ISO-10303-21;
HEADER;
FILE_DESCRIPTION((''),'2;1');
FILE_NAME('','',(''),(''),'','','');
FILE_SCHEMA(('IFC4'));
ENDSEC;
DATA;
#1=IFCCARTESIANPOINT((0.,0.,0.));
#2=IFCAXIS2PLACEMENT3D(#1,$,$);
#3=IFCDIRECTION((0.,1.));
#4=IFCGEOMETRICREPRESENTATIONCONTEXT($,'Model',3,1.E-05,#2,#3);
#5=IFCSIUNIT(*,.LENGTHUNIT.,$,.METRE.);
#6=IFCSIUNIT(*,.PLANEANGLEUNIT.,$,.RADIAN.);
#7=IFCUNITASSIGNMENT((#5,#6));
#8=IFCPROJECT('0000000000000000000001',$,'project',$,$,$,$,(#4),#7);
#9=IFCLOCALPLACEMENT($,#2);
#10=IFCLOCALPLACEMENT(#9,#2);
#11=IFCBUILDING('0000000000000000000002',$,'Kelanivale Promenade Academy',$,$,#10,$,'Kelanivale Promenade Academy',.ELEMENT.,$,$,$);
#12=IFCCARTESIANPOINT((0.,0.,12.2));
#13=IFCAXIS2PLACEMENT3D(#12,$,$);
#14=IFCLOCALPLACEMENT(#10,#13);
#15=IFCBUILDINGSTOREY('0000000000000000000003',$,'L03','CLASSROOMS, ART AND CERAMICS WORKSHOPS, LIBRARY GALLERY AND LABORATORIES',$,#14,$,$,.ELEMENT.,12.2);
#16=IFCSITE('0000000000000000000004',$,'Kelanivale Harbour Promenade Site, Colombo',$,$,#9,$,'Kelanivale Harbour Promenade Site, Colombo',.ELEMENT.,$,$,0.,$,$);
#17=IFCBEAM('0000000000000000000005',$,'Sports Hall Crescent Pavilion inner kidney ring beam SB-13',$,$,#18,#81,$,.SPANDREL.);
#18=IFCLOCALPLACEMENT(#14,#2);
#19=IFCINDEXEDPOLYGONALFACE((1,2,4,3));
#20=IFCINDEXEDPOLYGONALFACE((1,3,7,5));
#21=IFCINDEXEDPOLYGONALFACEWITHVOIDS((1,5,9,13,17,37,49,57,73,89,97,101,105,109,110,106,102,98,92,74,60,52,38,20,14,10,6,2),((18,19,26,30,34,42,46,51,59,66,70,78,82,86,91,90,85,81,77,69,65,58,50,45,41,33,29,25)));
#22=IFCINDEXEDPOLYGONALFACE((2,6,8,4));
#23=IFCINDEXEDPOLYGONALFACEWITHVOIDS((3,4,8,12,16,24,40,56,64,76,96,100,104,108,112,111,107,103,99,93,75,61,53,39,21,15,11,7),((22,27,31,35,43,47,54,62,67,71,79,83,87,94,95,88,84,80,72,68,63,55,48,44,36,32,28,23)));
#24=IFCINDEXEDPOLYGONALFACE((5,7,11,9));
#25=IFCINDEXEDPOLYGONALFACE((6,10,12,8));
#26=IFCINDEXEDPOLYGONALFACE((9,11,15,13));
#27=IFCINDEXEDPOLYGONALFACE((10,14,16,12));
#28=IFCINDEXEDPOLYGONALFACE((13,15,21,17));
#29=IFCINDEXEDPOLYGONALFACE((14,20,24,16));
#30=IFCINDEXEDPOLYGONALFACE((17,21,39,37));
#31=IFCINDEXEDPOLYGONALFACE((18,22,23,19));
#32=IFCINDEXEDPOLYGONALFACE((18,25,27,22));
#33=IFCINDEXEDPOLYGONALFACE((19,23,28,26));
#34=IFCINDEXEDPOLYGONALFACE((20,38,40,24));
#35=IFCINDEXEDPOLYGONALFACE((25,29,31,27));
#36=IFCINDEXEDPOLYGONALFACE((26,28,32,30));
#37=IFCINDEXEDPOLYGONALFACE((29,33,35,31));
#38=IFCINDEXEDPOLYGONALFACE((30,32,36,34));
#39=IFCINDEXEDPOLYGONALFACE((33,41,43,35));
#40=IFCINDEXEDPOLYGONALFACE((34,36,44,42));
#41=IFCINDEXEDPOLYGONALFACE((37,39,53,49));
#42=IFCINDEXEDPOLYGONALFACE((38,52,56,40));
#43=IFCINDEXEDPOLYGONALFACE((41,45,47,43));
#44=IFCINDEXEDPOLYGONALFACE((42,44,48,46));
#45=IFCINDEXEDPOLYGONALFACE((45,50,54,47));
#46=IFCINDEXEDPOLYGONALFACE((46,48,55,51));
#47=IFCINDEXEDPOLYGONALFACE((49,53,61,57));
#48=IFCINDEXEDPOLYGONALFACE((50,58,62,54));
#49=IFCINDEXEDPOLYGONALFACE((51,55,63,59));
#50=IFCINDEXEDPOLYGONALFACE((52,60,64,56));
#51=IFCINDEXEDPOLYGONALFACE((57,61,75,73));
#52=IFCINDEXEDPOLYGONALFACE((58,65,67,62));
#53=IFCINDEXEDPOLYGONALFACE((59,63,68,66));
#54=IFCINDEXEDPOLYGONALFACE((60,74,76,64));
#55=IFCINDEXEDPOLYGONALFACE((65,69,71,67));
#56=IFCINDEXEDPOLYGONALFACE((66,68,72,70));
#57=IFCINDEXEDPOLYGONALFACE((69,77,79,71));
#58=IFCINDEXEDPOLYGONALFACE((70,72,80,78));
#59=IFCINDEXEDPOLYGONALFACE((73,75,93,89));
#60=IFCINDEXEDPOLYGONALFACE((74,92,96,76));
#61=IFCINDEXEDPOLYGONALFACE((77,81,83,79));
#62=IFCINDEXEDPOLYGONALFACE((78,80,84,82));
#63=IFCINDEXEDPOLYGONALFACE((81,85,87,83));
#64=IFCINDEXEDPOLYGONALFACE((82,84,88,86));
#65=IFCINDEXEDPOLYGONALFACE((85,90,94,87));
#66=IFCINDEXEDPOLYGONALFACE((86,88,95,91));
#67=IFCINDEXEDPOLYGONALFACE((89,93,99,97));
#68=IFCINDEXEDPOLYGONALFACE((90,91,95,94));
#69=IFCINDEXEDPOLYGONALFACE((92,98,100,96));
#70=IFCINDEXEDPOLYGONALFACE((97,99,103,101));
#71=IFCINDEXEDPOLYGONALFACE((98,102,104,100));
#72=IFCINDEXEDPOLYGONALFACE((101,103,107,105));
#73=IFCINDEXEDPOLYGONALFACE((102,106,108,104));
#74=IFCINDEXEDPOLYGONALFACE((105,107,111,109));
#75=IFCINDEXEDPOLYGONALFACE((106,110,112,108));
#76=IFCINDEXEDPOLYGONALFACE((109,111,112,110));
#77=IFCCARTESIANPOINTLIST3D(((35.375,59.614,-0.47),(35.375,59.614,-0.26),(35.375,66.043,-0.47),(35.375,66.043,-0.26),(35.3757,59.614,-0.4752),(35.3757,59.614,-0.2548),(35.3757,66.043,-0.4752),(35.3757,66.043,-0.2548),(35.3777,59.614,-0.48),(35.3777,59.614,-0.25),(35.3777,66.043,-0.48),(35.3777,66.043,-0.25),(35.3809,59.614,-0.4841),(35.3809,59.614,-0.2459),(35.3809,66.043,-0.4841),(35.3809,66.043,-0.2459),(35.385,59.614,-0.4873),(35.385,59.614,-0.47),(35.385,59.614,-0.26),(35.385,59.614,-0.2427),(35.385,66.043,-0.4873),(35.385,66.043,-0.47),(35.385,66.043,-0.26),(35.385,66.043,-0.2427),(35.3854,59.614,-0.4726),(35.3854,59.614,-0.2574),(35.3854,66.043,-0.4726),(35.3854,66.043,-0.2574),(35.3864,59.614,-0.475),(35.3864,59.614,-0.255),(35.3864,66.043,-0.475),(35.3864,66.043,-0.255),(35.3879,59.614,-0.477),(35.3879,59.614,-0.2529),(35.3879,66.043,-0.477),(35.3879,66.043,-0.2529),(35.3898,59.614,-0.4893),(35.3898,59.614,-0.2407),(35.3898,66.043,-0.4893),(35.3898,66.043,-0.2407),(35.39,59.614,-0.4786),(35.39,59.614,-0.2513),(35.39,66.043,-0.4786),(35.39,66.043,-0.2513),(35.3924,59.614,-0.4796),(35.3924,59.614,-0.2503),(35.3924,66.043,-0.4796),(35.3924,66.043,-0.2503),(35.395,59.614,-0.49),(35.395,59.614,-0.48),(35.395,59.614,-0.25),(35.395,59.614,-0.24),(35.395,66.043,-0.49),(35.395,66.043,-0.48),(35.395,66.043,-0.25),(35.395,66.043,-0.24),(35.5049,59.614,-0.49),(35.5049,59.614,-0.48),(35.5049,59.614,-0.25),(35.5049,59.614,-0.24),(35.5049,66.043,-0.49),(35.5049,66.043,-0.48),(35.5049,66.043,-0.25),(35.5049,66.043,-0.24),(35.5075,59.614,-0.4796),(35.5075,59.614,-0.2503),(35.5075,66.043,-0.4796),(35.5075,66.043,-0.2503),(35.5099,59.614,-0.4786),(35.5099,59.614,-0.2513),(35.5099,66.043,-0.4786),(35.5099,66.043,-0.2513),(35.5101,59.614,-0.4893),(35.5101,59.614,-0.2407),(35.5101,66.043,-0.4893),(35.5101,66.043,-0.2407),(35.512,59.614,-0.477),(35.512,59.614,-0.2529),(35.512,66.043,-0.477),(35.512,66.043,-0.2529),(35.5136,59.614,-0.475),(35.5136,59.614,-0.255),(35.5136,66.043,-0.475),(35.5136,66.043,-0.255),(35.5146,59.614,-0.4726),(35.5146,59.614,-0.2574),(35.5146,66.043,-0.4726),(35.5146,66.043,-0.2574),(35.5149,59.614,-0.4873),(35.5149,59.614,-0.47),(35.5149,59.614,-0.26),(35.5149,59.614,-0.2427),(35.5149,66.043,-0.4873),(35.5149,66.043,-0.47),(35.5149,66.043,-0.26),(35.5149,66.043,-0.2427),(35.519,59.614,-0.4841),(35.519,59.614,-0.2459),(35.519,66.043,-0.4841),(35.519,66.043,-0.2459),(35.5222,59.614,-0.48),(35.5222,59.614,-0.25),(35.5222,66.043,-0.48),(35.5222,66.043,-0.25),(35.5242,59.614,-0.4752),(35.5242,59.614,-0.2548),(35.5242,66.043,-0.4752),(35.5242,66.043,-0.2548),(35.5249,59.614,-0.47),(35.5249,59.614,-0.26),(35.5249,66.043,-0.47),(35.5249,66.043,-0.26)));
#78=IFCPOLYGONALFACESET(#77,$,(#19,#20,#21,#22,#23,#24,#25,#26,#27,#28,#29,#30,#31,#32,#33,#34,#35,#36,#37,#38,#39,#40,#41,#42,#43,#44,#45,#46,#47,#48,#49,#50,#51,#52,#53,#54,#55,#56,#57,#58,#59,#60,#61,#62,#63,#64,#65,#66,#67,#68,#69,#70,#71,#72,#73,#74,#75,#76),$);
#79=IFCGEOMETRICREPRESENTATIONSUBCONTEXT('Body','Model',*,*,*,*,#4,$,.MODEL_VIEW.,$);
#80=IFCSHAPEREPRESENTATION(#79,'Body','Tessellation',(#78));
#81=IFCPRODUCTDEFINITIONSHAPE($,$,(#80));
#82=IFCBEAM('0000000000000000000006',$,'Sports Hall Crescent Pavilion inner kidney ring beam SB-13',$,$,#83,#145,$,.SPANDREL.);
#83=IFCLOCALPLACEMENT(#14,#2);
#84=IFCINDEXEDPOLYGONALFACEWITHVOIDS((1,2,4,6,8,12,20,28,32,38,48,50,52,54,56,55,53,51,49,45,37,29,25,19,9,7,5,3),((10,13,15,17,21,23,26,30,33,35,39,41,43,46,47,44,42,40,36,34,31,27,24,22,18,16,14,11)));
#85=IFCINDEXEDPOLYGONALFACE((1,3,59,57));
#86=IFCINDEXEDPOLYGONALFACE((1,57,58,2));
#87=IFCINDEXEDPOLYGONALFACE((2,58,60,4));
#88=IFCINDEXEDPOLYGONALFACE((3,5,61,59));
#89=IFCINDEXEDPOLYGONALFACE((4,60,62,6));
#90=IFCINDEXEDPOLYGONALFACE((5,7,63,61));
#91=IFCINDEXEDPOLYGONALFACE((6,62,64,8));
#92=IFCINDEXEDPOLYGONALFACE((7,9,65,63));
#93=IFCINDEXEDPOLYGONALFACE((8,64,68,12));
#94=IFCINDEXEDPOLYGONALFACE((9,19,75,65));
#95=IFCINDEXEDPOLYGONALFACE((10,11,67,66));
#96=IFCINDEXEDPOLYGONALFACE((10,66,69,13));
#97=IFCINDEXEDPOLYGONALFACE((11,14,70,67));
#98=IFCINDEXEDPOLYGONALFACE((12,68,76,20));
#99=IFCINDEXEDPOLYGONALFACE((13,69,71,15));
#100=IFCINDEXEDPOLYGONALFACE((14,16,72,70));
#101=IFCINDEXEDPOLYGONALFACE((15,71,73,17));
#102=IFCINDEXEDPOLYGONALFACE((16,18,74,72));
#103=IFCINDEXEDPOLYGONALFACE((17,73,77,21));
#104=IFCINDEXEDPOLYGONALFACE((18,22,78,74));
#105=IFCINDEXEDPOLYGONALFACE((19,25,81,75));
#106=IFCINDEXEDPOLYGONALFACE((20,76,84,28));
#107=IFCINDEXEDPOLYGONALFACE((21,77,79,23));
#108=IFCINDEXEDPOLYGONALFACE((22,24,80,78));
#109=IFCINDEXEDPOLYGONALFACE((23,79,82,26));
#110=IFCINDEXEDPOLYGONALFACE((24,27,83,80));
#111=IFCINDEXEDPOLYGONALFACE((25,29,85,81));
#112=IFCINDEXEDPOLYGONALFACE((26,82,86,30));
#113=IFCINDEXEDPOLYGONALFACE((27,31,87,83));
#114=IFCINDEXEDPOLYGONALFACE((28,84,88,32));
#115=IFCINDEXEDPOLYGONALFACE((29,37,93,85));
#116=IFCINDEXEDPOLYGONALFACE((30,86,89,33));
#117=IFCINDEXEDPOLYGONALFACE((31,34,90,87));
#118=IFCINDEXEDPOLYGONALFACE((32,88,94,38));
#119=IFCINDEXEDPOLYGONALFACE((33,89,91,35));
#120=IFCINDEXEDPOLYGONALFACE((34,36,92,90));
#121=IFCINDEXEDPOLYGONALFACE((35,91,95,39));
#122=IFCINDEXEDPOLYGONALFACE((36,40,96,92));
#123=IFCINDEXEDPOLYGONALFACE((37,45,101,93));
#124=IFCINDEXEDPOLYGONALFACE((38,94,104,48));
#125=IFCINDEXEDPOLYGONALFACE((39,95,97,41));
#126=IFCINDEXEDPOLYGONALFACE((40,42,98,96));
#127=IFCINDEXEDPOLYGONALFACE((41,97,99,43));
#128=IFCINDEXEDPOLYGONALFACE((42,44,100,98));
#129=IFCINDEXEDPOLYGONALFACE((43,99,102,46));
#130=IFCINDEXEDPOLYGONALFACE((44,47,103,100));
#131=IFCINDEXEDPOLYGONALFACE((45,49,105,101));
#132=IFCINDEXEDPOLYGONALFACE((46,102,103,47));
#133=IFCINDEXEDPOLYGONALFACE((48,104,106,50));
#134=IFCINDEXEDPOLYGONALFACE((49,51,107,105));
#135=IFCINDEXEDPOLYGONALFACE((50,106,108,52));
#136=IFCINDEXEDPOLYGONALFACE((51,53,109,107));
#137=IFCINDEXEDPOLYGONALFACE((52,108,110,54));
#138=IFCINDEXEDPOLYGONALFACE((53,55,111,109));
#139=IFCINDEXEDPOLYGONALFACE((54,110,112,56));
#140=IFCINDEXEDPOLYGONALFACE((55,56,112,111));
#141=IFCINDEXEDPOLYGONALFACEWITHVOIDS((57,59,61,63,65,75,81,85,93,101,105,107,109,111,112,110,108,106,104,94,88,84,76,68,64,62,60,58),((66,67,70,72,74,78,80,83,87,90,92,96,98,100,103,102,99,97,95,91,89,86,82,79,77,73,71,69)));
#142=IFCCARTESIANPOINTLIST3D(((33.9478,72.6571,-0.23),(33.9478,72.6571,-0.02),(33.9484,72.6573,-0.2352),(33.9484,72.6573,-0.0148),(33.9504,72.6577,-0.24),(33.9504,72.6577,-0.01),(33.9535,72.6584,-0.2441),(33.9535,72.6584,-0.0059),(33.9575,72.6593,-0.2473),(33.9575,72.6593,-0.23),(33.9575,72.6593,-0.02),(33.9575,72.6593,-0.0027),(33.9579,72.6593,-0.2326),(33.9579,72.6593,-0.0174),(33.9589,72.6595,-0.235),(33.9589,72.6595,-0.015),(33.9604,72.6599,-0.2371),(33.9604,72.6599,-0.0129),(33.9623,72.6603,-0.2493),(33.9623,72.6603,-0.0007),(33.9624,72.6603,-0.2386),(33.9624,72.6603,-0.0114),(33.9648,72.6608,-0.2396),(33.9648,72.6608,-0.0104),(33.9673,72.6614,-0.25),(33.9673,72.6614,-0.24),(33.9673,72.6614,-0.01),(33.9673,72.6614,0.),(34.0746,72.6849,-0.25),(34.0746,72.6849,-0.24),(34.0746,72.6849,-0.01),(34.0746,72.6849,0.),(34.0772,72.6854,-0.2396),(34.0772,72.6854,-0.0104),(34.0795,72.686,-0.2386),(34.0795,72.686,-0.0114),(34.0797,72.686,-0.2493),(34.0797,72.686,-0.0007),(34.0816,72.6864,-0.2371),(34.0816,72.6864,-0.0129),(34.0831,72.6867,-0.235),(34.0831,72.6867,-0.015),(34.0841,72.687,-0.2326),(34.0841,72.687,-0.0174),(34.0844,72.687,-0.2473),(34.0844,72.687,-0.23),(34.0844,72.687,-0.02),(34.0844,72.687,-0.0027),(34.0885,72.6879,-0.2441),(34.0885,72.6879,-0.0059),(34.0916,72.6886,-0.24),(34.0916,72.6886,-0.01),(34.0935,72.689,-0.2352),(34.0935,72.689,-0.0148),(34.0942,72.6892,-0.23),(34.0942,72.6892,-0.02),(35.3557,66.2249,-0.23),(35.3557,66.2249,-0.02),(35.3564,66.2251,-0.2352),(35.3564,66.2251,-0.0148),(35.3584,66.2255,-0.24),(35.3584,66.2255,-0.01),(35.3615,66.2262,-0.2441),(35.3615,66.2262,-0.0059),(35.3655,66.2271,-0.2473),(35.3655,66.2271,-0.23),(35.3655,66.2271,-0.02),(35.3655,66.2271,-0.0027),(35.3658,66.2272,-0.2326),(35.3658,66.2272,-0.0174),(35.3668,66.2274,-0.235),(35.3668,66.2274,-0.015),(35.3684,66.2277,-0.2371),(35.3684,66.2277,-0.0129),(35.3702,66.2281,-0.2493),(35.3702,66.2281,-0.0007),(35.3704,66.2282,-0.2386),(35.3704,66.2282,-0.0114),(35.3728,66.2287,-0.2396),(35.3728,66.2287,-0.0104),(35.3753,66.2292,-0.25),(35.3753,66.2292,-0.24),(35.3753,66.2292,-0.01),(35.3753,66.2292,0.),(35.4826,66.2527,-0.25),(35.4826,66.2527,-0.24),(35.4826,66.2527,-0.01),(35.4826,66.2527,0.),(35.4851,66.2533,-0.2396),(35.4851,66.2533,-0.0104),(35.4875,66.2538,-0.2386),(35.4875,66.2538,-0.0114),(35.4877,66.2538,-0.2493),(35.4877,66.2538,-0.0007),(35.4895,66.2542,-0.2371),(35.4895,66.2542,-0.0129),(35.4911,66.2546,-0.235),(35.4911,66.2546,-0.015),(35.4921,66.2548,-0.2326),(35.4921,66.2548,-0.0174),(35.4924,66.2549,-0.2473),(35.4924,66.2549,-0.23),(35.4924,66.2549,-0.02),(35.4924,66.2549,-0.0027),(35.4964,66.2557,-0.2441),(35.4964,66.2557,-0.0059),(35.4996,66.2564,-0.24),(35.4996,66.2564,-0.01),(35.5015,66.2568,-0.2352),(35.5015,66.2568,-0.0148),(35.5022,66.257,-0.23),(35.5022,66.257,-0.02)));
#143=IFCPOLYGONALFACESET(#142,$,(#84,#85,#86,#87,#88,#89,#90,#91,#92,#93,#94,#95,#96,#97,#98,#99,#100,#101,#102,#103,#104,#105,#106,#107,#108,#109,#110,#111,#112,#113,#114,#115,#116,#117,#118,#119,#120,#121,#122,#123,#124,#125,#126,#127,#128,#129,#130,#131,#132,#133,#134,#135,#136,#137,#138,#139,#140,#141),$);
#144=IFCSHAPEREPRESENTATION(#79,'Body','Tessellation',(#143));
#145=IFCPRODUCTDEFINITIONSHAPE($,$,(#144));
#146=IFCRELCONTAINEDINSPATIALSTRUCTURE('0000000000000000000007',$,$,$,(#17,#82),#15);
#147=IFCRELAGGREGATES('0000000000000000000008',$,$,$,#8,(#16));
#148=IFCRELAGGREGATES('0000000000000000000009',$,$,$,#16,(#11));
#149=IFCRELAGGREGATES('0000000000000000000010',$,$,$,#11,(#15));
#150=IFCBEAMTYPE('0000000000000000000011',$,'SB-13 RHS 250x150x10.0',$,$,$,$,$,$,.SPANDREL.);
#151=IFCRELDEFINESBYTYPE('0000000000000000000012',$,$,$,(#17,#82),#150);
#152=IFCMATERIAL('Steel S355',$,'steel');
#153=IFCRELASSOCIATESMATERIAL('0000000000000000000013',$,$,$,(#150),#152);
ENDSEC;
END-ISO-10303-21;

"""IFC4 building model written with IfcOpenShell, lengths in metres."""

from ifc_helpers import new_model, si_unit, direction, frame, origin, origin_2d, place, context, subcontext, project, spatial, hollow_rectangle, extrude, material, material_profile, profile_set, type_object, element, save


model = new_model("IFC4")

# Units and contexts
model_context = context("Model", 3, precision=1e-05, world=origin(), true_north=direction((0.0, 1.0)))
body_context = subcontext(model_context, "Body", "Model", "MODEL_VIEW")
ifc_project = project(units=[si_unit("LENGTHUNIT", "METRE"), si_unit("PLANEANGLEUNIT", "RADIAN")], contexts=[model_context])

# Site, building, storey
site_placement = place(None, origin())
site = spatial("IfcSite", under=ifc_project, at=site_placement, Name="Kelanivale Harbour Promenade Site, Colombo", LongName="Kelanivale Harbour Promenade Site, Colombo", CompositionType="ELEMENT", RefElevation=0.0)
building_placement = place(site_placement, origin())
building = spatial("IfcBuilding", under=site, at=building_placement, Name="Kelanivale Promenade Academy", LongName="Kelanivale Promenade Academy", CompositionType="ELEMENT")
storey_placement = place(building_placement, frame((0.0, 0.0, 12.2)))
storey = spatial("IfcBuildingStorey", under=building, at=storey_placement, Name="L03", Description="CLASSROOMS, ART AND CERAMICS WORKSHOPS, LIBRARY GALLERY AND LABORATORIES", CompositionType="ELEMENT", Elevation=12.2)

# Shared definitions
ifc_material_1 = material(Name="Steel S355", Category="steel")

# Beams
ifc_material_profile_1 = material_profile(ifc_material_1, hollow_rectangle(XDim=0.1499, YDim=0.25, WallThickness=0.01, InnerFilletRadius=0.01, OuterFilletRadius=0.02, at=origin_2d()), Name="RHS 250x150x10.0")
ifc_profile_set_1 = profile_set([ifc_material_profile_1], Name="Steel S355")
beam_type_1 = type_object("IfcBeamType", Name="SB-13 RHS 250x150x10.0", PredefinedType="SPANDREL", material=ifc_profile_set_1)
beam_1_placement = place(storey_placement, frame((35.45, 59.614, -0.365), z_axis=(0.0, 1.0, 0.0), x_axis=(-1.0, 0.0, 0.0)))
element("IfcBeam", 1, at=beam_1_placement, inside=storey, type_object=beam_type_1, Name="Sports Hall Crescent Pavilion inner kidney ring beam SB-13", PredefinedType="SPANDREL", context=body_context, shape_type="SweptSolid", body=[
    extrude(hollow_rectangle(XDim=0.1499, YDim=0.25, WallThickness=0.01, InnerFilletRadius=0.01, OuterFilletRadius=0.02, at=origin_2d()), origin(), (0.0, 0.0, 1.0), 6.429),
])
beam_2_placement = place(storey_placement, frame((35.429, 66.241, -0.125), z_axis=(-0.213832, 0.97687, 0.0), x_axis=(-0.97687, -0.213832, 0.0)))
element("IfcBeam", 2, at=beam_2_placement, inside=storey, type_object=beam_type_1, Name="Sports Hall Crescent Pavilion inner kidney ring beam SB-13", PredefinedType="SPANDREL", context=body_context, shape_type="SweptSolid", body=[
    extrude(hollow_rectangle(XDim=0.1499, YDim=0.25, WallThickness=0.01, InnerFilletRadius=0.01, OuterFilletRadius=0.02, at=origin_2d()), origin(), (0.0, 0.0, 1.0), 6.5845),
])

save(model, "model.ifc")
